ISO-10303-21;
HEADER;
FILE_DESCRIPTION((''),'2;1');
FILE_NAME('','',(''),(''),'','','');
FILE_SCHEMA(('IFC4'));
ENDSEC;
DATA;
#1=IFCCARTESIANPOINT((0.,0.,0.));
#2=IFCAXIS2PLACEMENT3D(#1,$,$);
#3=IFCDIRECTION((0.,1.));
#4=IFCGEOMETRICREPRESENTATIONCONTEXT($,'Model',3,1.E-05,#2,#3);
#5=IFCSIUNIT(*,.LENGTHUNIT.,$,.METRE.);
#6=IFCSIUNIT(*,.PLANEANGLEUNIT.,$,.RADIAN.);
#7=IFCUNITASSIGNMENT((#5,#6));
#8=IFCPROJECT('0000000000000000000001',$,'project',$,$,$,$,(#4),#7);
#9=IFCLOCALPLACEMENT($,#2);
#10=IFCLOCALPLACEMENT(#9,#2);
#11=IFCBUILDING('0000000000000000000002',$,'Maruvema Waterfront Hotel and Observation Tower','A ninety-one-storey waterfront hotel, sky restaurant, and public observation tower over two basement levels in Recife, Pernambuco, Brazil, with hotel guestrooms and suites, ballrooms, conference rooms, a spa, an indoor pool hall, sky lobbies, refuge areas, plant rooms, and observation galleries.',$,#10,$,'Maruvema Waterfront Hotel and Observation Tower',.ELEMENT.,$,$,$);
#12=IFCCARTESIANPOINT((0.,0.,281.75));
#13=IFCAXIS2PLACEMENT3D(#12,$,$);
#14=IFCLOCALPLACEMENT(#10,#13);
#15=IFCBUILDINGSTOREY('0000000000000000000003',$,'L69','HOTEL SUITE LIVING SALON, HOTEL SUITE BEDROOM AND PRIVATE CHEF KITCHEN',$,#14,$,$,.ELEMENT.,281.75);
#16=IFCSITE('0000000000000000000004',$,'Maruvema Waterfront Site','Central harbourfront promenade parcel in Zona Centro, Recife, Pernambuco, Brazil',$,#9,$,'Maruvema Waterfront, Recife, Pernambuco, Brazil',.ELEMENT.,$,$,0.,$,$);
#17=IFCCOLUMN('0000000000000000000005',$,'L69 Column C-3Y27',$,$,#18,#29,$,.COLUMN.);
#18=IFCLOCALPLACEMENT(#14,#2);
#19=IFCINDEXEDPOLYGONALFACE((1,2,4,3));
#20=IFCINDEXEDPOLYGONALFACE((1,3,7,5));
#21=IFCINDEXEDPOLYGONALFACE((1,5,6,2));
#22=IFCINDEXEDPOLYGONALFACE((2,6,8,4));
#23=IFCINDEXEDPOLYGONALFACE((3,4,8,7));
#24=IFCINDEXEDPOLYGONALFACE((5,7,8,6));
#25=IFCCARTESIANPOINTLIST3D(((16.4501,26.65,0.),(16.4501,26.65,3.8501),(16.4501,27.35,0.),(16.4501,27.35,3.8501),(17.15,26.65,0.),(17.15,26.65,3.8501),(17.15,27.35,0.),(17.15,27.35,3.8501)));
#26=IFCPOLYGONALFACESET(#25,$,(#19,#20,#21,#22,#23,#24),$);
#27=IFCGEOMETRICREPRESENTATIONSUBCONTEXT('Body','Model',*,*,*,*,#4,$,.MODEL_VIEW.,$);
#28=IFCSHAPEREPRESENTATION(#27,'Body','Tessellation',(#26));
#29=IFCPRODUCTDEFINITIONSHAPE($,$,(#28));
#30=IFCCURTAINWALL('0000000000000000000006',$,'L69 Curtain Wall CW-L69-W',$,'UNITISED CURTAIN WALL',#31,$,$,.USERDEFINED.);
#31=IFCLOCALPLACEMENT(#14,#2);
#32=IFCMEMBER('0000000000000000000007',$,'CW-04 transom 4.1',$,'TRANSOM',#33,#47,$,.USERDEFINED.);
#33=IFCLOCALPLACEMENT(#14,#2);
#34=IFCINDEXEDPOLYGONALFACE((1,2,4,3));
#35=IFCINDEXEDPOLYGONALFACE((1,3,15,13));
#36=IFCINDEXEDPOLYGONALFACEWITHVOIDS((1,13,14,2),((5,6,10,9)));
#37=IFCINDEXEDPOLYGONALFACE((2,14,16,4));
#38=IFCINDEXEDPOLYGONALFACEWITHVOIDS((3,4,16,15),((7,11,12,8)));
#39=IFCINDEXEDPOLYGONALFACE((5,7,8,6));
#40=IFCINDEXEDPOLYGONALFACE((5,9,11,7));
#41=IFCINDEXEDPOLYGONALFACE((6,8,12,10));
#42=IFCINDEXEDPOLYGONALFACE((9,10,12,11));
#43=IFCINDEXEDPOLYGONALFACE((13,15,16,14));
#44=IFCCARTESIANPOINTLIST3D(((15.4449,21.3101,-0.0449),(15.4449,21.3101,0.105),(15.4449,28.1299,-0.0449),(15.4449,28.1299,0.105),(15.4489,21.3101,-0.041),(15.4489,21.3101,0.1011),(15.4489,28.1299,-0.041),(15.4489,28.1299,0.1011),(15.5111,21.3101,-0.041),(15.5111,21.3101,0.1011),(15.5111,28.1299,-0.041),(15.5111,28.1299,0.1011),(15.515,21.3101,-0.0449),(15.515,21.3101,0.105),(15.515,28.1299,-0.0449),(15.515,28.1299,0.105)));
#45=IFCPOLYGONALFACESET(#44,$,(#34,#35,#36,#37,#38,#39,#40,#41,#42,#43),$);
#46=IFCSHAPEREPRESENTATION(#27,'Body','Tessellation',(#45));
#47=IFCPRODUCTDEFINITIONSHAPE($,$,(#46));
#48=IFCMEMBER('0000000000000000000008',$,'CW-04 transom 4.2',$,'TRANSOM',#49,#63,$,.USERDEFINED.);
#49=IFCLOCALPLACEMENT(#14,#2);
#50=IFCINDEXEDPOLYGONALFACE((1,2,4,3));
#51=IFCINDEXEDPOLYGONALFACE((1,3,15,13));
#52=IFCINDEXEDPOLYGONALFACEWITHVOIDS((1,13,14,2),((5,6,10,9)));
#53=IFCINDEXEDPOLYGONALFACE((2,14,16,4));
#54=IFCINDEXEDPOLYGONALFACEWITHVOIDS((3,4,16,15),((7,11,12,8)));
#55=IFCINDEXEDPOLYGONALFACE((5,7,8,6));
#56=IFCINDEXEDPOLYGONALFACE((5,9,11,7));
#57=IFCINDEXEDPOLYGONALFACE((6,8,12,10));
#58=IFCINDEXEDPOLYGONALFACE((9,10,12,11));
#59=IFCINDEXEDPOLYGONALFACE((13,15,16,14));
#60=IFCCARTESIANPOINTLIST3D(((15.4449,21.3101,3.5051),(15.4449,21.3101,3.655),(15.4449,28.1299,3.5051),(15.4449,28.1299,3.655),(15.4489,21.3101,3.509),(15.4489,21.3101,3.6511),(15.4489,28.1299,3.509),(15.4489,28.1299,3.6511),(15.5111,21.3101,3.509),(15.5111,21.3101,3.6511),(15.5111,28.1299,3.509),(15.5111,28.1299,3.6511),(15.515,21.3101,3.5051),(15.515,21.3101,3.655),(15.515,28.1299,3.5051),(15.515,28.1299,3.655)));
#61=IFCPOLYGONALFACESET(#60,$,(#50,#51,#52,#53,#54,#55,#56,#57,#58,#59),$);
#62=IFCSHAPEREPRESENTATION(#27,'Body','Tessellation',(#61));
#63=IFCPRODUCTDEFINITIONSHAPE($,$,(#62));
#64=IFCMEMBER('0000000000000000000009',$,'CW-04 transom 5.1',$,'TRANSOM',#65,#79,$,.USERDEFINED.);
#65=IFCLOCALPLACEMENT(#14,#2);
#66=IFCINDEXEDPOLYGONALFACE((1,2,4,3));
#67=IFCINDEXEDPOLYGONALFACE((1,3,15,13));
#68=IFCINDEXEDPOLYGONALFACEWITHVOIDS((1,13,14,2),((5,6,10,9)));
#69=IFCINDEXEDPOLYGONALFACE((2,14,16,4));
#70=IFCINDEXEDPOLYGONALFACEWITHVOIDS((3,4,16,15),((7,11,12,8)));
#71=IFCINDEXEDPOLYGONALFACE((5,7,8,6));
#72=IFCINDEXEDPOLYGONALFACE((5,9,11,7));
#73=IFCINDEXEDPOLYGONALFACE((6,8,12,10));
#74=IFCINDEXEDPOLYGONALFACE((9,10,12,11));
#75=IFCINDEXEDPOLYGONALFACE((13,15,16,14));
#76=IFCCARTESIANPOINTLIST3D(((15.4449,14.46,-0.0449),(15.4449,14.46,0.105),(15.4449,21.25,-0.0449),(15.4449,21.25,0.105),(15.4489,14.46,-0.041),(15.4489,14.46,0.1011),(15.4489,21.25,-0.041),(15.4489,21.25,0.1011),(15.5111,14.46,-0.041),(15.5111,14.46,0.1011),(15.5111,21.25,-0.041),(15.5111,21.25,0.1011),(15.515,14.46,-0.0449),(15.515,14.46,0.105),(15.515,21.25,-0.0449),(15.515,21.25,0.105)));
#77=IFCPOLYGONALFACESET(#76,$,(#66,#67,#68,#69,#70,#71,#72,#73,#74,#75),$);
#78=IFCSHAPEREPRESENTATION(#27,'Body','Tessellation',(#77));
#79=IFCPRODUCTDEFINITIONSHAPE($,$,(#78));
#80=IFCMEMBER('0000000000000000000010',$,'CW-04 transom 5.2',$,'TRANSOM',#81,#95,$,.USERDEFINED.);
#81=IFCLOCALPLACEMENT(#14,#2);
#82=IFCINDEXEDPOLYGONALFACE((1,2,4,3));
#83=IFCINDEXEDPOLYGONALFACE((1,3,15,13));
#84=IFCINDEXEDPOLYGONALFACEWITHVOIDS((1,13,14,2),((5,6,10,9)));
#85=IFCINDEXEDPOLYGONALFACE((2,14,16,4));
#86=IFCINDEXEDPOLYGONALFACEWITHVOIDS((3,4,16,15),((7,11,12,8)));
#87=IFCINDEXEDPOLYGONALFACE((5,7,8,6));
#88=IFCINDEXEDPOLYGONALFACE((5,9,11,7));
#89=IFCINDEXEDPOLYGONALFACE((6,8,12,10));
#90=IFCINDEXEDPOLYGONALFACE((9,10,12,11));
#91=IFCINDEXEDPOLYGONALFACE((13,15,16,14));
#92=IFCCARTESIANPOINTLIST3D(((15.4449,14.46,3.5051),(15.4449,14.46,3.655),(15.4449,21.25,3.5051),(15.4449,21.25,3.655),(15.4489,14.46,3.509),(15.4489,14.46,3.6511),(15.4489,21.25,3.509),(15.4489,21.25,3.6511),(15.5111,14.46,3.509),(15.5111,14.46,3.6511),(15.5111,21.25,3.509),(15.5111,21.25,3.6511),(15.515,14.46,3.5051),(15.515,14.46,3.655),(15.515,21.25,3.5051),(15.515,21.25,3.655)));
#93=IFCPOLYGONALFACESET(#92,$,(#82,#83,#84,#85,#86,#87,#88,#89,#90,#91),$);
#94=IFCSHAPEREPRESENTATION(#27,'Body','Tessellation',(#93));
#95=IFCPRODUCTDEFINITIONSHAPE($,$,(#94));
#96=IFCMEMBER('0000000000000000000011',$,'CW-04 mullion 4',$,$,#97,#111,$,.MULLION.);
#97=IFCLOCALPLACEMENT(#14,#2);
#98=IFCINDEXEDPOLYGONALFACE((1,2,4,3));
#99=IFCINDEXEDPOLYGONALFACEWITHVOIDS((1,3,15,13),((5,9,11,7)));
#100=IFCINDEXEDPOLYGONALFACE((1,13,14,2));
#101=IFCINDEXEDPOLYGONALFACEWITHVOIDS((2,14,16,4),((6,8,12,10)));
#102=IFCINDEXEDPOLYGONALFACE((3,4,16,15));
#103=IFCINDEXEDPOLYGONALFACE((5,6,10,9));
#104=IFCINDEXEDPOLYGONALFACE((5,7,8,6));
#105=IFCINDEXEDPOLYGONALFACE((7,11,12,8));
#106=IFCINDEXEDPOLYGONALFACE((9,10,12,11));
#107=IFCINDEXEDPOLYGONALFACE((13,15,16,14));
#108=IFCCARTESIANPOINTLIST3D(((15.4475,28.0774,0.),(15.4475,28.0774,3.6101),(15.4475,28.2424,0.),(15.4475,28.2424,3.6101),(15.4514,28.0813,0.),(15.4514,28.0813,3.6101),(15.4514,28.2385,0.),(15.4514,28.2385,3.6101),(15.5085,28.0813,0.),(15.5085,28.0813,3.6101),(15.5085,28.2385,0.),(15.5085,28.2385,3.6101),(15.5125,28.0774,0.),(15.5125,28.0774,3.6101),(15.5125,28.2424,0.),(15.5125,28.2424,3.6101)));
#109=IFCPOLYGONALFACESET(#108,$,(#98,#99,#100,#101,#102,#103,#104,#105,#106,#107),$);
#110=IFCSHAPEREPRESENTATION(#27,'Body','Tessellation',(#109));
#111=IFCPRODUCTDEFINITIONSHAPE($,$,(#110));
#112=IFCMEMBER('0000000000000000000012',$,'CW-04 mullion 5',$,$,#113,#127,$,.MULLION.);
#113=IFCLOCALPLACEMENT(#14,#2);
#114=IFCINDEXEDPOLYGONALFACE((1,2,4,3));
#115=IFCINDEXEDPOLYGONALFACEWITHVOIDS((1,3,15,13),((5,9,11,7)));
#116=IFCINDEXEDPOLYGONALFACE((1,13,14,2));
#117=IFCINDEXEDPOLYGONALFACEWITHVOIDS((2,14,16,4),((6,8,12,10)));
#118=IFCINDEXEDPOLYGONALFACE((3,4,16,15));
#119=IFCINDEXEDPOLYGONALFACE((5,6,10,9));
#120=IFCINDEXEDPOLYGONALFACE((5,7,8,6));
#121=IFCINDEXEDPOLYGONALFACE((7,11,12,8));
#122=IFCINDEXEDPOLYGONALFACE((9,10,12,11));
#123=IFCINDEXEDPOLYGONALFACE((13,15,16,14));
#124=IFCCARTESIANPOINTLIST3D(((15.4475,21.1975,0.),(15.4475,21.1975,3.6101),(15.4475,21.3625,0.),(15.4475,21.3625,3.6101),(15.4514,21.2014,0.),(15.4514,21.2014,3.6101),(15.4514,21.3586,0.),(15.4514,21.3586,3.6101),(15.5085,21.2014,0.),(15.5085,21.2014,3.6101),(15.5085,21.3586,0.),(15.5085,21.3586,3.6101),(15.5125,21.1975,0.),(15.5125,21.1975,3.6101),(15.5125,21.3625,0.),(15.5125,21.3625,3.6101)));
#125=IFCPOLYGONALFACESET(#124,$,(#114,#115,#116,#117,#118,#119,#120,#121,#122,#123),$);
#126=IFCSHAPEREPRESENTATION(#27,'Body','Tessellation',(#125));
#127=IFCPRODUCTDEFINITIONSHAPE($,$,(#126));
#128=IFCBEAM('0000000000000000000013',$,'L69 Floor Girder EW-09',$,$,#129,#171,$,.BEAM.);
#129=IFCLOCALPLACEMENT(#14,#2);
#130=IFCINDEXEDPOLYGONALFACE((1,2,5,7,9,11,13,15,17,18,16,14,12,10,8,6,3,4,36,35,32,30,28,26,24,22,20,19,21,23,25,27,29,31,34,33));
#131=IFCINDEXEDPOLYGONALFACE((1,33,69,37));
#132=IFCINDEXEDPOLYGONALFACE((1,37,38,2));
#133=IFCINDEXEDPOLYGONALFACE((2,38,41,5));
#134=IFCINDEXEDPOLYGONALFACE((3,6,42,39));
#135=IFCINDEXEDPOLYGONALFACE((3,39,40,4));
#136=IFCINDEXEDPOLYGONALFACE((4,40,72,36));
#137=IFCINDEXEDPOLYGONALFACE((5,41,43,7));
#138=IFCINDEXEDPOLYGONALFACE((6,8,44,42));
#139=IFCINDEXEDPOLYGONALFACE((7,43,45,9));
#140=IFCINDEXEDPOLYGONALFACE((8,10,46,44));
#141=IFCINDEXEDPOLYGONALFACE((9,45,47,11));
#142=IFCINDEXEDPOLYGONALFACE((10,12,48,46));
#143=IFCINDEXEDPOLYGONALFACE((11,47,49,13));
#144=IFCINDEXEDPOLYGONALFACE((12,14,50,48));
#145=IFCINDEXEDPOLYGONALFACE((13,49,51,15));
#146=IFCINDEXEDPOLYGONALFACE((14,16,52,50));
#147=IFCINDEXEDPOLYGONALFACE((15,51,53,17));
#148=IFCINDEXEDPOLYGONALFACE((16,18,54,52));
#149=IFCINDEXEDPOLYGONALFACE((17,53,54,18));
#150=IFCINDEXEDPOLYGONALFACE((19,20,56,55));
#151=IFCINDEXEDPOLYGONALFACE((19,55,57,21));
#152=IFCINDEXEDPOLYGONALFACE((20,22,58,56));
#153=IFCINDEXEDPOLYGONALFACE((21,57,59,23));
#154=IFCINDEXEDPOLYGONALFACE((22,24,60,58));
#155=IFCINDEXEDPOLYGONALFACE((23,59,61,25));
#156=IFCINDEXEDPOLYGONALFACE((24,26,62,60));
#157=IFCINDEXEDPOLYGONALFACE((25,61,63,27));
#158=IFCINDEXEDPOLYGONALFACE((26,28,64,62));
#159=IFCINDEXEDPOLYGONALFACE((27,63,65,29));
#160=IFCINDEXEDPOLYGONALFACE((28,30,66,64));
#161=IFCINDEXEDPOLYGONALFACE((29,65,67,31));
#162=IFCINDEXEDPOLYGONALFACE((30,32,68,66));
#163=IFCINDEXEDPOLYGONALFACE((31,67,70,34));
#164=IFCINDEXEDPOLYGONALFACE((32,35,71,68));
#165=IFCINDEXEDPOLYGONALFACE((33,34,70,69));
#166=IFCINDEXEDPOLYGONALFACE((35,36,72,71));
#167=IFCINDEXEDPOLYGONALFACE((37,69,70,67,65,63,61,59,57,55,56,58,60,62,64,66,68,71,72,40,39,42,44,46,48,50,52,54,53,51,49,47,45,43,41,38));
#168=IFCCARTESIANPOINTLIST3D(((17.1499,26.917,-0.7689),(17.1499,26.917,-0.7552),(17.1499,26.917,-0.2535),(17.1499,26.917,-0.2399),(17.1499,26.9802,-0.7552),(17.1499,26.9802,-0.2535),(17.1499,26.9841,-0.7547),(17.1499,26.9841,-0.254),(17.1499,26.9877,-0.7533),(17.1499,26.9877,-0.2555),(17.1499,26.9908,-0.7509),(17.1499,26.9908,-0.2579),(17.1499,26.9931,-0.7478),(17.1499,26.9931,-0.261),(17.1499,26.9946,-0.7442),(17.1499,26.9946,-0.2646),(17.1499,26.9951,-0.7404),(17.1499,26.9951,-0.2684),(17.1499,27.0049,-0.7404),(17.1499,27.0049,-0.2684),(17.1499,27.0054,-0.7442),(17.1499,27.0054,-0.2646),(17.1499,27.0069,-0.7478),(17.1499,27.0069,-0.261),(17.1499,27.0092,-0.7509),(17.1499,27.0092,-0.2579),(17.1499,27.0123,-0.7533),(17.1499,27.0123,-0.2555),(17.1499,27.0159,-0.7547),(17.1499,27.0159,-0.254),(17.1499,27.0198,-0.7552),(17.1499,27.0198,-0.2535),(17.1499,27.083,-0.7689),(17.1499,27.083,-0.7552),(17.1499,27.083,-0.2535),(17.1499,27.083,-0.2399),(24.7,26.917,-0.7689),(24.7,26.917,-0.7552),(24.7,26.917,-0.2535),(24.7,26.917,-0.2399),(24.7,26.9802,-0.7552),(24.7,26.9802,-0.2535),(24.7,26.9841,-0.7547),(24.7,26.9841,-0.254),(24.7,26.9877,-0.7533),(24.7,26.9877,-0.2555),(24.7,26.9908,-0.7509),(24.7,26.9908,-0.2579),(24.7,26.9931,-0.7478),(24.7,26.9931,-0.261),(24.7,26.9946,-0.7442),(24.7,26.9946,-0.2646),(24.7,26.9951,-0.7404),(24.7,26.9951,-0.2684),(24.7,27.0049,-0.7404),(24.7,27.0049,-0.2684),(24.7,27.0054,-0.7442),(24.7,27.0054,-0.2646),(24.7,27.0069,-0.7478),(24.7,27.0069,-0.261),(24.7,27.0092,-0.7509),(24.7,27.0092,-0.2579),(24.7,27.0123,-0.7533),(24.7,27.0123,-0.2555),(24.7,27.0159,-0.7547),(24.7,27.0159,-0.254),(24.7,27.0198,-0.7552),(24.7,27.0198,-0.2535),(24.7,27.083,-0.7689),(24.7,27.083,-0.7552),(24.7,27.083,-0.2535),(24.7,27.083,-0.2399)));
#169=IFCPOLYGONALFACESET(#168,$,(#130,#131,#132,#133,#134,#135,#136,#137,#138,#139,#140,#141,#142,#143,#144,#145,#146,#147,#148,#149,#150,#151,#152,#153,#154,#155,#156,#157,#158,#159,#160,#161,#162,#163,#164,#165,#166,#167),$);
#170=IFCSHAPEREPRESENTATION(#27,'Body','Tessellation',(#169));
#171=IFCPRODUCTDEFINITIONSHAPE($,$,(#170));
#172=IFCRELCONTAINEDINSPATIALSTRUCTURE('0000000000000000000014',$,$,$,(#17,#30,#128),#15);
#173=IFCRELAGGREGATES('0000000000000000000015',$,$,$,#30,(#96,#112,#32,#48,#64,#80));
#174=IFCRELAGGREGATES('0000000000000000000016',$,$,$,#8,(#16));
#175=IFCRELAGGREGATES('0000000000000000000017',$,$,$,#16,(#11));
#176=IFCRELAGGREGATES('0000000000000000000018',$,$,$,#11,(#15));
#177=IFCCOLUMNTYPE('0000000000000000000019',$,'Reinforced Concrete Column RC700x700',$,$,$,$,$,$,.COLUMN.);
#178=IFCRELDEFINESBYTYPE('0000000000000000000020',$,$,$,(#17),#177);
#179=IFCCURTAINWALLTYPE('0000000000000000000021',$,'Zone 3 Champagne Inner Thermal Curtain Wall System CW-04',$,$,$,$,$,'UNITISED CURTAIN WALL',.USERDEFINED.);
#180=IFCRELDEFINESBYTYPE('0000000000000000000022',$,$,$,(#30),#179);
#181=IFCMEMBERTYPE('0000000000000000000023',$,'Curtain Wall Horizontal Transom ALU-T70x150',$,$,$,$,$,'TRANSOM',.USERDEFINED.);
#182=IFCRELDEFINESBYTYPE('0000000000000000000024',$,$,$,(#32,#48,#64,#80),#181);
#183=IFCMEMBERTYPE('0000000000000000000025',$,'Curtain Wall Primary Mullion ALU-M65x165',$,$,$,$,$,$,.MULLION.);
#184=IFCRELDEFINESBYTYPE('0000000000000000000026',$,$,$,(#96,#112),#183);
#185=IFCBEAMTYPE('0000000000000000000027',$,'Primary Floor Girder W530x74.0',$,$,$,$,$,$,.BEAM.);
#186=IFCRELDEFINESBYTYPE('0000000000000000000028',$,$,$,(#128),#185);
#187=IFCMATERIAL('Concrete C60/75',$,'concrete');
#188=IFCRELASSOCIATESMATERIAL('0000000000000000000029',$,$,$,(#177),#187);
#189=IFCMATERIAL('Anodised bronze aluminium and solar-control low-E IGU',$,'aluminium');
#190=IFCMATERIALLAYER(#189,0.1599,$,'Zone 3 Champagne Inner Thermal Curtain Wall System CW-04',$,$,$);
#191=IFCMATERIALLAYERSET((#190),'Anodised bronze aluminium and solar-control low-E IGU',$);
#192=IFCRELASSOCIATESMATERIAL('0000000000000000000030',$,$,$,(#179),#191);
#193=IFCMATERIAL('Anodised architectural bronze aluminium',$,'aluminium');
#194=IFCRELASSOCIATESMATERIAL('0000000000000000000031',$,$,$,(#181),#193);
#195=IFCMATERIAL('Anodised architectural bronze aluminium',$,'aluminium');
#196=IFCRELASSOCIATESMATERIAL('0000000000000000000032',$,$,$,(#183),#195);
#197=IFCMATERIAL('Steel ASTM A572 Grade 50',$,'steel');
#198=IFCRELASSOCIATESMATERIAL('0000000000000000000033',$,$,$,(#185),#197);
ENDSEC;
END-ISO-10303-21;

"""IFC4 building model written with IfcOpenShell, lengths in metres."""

from ifc_helpers import new_model, si_unit, direction, frame, origin, origin_2d, place, context, subcontext, project, spatial, rectangle, hollow_rectangle, i_section, extrude, material, layer, layer_set, material_profile, profile_set, type_object, element, aggregate, save


model = new_model("IFC4")

# Units and contexts
model_context = context("Model", 3, precision=1e-05, world=origin(), true_north=direction((0.0, 1.0)))
body_context = subcontext(model_context, "Body", "Model", "MODEL_VIEW")
ifc_project = project(units=[si_unit("LENGTHUNIT", "METRE"), si_unit("PLANEANGLEUNIT", "RADIAN")], contexts=[model_context])

# Site, building, storey
site_placement = place(None, origin())
site = spatial("IfcSite", under=ifc_project, at=site_placement, Name="Maruvema Waterfront Site", Description="Central harbourfront promenade parcel in Zona Centro, Recife, Pernambuco, Brazil", LongName="Maruvema Waterfront, Recife, Pernambuco, Brazil", CompositionType="ELEMENT", RefElevation=0.0)
building_placement = place(site_placement, origin())
building = spatial("IfcBuilding", under=site, at=building_placement, Name="Maruvema Waterfront Hotel and Observation Tower", Description="A ninety-one-storey waterfront hotel, sky restaurant, and public observation tower over two basement levels in Recife, Pernambuco, Brazil, with hotel guestrooms and suites, ballrooms, conference rooms, a spa, an indoor pool hall, sky lobbies, refuge areas, plant rooms, and observation galleries.", LongName="Maruvema Waterfront Hotel and Observation Tower", CompositionType="ELEMENT")
storey_placement = place(building_placement, frame((0.0, 0.0, 281.75)))
storey = spatial("IfcBuildingStorey", under=building, at=storey_placement, Name="L69", Description="HOTEL SUITE LIVING SALON, HOTEL SUITE BEDROOM AND PRIVATE CHEF KITCHEN", CompositionType="ELEMENT", Elevation=281.75)

# Column
ifc_material_1 = material(Name="Concrete C60/75", Category="concrete")
ifc_material_profile_1 = material_profile(ifc_material_1, rectangle(XDim=0.7, YDim=0.7, at=origin_2d()), Name="RC700x700")
ifc_profile_set_1 = profile_set([ifc_material_profile_1], Name="Concrete C60/75")
column_type = type_object("IfcColumnType", Name="Reinforced Concrete Column RC700x700", PredefinedType="COLUMN", material=ifc_profile_set_1)
column_placement = place(storey_placement, frame((16.8, 27.0, 0.0), z_axis=(0.0, 0.0, 1.0), x_axis=(1.0, 0.0, 0.0)))
element("IfcColumn", 1, at=column_placement, inside=storey, type_object=column_type, Name="L69 Column C-3Y27", PredefinedType="COLUMN", context=body_context, shape_type="SweptSolid", body=[
    extrude(rectangle(XDim=0.7, YDim=0.7, at=origin_2d()), origin(), (0.0, 0.0, 1.0), 3.8501),
])

# Curtain wall, members
ifc_material_2 = material(Name="Anodised bronze aluminium and solar-control low-E IGU", Category="aluminium")
ifc_layer_1 = layer(ifc_material_2, 0.1599, Name="Zone 3 Champagne Inner Thermal Curtain Wall System CW-04")
ifc_layer_set_1 = layer_set([ifc_layer_1], Name="Anodised bronze aluminium and solar-control low-E IGU")
curtain_wall_type = type_object("IfcCurtainWallType", Name="Zone 3 Champagne Inner Thermal Curtain Wall System CW-04", ElementType="UNITISED CURTAIN WALL", PredefinedType="USERDEFINED", material=ifc_layer_set_1)
curtain_wall_placement = place(storey_placement, origin())
curtain_wall = element("IfcCurtainWall", 2, at=curtain_wall_placement, inside=storey, type_object=curtain_wall_type, Name="L69 Curtain Wall CW-L69-W", ObjectType="UNITISED CURTAIN WALL", PredefinedType="USERDEFINED")
ifc_material_3 = material(Name="Anodised architectural bronze aluminium", Category="aluminium")
ifc_material_profile_2 = material_profile(ifc_material_3, hollow_rectangle(XDim=0.0701, YDim=0.1499, WallThickness=0.0039, at=origin_2d()), Name="ALU-T70x150")
ifc_profile_set_2 = profile_set([ifc_material_profile_2], Name="Anodised architectural bronze aluminium")
member_type_1 = type_object("IfcMemberType", Name="Curtain Wall Horizontal Transom ALU-T70x150", ElementType="TRANSOM", PredefinedType="USERDEFINED", material=ifc_profile_set_2)
member_1_placement = place(storey_placement, frame((15.48, 28.1299, 0.03), z_axis=(0.0, -1.0, 0.0), x_axis=(1.0, 0.0, 0.0)))
member_1 = element("IfcMember", 3, at=member_1_placement, type_object=member_type_1, Name="CW-04 transom 4.1", ObjectType="TRANSOM", PredefinedType="USERDEFINED", context=body_context, shape_type="SweptSolid", body=[
    extrude(hollow_rectangle(XDim=0.0701, YDim=0.1499, WallThickness=0.0039, at=origin_2d()), origin(), (0.0, 0.0, 1.0), 6.8198),
])
member_2_placement = place(storey_placement, frame((15.48, 28.1299, 3.5801), z_axis=(0.0, -1.0, 0.0), x_axis=(1.0, 0.0, 0.0)))
member_2 = element("IfcMember", 4, at=member_2_placement, type_object=member_type_1, Name="CW-04 transom 4.2", ObjectType="TRANSOM", PredefinedType="USERDEFINED", context=body_context, shape_type="SweptSolid", body=[
    extrude(hollow_rectangle(XDim=0.0701, YDim=0.1499, WallThickness=0.0039, at=origin_2d()), origin(), (0.0, 0.0, 1.0), 6.8198),
])
member_3_placement = place(storey_placement, frame((15.48, 21.25, 0.03), z_axis=(0.0, -1.0, 0.0), x_axis=(1.0, 0.0, 0.0)))
member_3 = element("IfcMember", 5, at=member_3_placement, type_object=member_type_1, Name="CW-04 transom 5.1", ObjectType="TRANSOM", PredefinedType="USERDEFINED", context=body_context, shape_type="SweptSolid", body=[
    extrude(hollow_rectangle(XDim=0.0701, YDim=0.1499, WallThickness=0.0039, at=origin_2d()), origin(), (0.0, 0.0, 1.0), 6.79),
])
member_4_placement = place(storey_placement, frame((15.48, 21.25, 3.5801), z_axis=(0.0, -1.0, 0.0), x_axis=(1.0, 0.0, 0.0)))
member_4 = element("IfcMember", 6, at=member_4_placement, type_object=member_type_1, Name="CW-04 transom 5.2", ObjectType="TRANSOM", PredefinedType="USERDEFINED", context=body_context, shape_type="SweptSolid", body=[
    extrude(hollow_rectangle(XDim=0.0701, YDim=0.1499, WallThickness=0.0039, at=origin_2d()), origin(), (0.0, 0.0, 1.0), 6.79),
])
ifc_material_4 = material(Name="Anodised architectural bronze aluminium", Category="aluminium")
ifc_material_profile_3 = material_profile(ifc_material_4, hollow_rectangle(XDim=0.0649, YDim=0.165, WallThickness=0.0039, at=origin_2d()), Name="ALU-M65x165")
ifc_profile_set_3 = profile_set([ifc_material_profile_3], Name="Anodised architectural bronze aluminium")
member_type_2 = type_object("IfcMemberType", Name="Curtain Wall Primary Mullion ALU-M65x165", PredefinedType="MULLION", material=ifc_profile_set_3)
member_5_placement = place(storey_placement, frame((15.48, 28.1599, 0.0), z_axis=(0.0, 0.0, 1.0), x_axis=(1.0, 0.0, 0.0)))
member_5 = element("IfcMember", 7, at=member_5_placement, type_object=member_type_2, Name="CW-04 mullion 4", PredefinedType="MULLION", context=body_context, shape_type="SweptSolid", body=[
    extrude(hollow_rectangle(XDim=0.0649, YDim=0.165, WallThickness=0.0039, at=origin_2d()), origin(), (0.0, 0.0, 1.0), 3.6101),
])
member_6_placement = place(storey_placement, frame((15.48, 21.28, 0.0), z_axis=(0.0, 0.0, 1.0), x_axis=(1.0, 0.0, 0.0)))
member_6 = element("IfcMember", 8, at=member_6_placement, type_object=member_type_2, Name="CW-04 mullion 5", PredefinedType="MULLION", context=body_context, shape_type="SweptSolid", body=[
    extrude(hollow_rectangle(XDim=0.0649, YDim=0.165, WallThickness=0.0039, at=origin_2d()), origin(), (0.0, 0.0, 1.0), 3.6101),
])

# Beam
ifc_material_5 = material(Name="Steel ASTM A572 Grade 50", Category="steel")
ifc_material_profile_4 = material_profile(ifc_material_5, i_section(OverallWidth=0.166, OverallDepth=0.5291, WebThickness=0.0098, FlangeThickness=0.0137, FilletRadius=0.0149, at=origin_2d()), Name="W530x74.0")
ifc_profile_set_4 = profile_set([ifc_material_profile_4], Name="Steel ASTM A572 Grade 50")
beam_type = type_object("IfcBeamType", Name="Primary Floor Girder W530x74.0", PredefinedType="BEAM", material=ifc_profile_set_4)
beam_1_placement = place(storey_placement, frame((17.1499, 27.0, -0.5044), z_axis=(1.0, 0.0, 0.0), x_axis=(0.0, 1.0, 0.0)))
element("IfcBeam", 9, at=beam_1_placement, inside=storey, type_object=beam_type, Name="L69 Floor Girder EW-09", PredefinedType="BEAM", context=body_context, shape_type="SweptSolid", body=[
    extrude(i_section(OverallWidth=0.166, OverallDepth=0.5291, WebThickness=0.0098, FlangeThickness=0.0137, FilletRadius=0.0149, at=origin_2d()), origin(), (0.0, 0.0, 1.0), 7.55),
])

aggregate(curtain_wall, [member_5, member_6, member_1, member_2, member_3, member_4])

save(model, "model.ifc")
